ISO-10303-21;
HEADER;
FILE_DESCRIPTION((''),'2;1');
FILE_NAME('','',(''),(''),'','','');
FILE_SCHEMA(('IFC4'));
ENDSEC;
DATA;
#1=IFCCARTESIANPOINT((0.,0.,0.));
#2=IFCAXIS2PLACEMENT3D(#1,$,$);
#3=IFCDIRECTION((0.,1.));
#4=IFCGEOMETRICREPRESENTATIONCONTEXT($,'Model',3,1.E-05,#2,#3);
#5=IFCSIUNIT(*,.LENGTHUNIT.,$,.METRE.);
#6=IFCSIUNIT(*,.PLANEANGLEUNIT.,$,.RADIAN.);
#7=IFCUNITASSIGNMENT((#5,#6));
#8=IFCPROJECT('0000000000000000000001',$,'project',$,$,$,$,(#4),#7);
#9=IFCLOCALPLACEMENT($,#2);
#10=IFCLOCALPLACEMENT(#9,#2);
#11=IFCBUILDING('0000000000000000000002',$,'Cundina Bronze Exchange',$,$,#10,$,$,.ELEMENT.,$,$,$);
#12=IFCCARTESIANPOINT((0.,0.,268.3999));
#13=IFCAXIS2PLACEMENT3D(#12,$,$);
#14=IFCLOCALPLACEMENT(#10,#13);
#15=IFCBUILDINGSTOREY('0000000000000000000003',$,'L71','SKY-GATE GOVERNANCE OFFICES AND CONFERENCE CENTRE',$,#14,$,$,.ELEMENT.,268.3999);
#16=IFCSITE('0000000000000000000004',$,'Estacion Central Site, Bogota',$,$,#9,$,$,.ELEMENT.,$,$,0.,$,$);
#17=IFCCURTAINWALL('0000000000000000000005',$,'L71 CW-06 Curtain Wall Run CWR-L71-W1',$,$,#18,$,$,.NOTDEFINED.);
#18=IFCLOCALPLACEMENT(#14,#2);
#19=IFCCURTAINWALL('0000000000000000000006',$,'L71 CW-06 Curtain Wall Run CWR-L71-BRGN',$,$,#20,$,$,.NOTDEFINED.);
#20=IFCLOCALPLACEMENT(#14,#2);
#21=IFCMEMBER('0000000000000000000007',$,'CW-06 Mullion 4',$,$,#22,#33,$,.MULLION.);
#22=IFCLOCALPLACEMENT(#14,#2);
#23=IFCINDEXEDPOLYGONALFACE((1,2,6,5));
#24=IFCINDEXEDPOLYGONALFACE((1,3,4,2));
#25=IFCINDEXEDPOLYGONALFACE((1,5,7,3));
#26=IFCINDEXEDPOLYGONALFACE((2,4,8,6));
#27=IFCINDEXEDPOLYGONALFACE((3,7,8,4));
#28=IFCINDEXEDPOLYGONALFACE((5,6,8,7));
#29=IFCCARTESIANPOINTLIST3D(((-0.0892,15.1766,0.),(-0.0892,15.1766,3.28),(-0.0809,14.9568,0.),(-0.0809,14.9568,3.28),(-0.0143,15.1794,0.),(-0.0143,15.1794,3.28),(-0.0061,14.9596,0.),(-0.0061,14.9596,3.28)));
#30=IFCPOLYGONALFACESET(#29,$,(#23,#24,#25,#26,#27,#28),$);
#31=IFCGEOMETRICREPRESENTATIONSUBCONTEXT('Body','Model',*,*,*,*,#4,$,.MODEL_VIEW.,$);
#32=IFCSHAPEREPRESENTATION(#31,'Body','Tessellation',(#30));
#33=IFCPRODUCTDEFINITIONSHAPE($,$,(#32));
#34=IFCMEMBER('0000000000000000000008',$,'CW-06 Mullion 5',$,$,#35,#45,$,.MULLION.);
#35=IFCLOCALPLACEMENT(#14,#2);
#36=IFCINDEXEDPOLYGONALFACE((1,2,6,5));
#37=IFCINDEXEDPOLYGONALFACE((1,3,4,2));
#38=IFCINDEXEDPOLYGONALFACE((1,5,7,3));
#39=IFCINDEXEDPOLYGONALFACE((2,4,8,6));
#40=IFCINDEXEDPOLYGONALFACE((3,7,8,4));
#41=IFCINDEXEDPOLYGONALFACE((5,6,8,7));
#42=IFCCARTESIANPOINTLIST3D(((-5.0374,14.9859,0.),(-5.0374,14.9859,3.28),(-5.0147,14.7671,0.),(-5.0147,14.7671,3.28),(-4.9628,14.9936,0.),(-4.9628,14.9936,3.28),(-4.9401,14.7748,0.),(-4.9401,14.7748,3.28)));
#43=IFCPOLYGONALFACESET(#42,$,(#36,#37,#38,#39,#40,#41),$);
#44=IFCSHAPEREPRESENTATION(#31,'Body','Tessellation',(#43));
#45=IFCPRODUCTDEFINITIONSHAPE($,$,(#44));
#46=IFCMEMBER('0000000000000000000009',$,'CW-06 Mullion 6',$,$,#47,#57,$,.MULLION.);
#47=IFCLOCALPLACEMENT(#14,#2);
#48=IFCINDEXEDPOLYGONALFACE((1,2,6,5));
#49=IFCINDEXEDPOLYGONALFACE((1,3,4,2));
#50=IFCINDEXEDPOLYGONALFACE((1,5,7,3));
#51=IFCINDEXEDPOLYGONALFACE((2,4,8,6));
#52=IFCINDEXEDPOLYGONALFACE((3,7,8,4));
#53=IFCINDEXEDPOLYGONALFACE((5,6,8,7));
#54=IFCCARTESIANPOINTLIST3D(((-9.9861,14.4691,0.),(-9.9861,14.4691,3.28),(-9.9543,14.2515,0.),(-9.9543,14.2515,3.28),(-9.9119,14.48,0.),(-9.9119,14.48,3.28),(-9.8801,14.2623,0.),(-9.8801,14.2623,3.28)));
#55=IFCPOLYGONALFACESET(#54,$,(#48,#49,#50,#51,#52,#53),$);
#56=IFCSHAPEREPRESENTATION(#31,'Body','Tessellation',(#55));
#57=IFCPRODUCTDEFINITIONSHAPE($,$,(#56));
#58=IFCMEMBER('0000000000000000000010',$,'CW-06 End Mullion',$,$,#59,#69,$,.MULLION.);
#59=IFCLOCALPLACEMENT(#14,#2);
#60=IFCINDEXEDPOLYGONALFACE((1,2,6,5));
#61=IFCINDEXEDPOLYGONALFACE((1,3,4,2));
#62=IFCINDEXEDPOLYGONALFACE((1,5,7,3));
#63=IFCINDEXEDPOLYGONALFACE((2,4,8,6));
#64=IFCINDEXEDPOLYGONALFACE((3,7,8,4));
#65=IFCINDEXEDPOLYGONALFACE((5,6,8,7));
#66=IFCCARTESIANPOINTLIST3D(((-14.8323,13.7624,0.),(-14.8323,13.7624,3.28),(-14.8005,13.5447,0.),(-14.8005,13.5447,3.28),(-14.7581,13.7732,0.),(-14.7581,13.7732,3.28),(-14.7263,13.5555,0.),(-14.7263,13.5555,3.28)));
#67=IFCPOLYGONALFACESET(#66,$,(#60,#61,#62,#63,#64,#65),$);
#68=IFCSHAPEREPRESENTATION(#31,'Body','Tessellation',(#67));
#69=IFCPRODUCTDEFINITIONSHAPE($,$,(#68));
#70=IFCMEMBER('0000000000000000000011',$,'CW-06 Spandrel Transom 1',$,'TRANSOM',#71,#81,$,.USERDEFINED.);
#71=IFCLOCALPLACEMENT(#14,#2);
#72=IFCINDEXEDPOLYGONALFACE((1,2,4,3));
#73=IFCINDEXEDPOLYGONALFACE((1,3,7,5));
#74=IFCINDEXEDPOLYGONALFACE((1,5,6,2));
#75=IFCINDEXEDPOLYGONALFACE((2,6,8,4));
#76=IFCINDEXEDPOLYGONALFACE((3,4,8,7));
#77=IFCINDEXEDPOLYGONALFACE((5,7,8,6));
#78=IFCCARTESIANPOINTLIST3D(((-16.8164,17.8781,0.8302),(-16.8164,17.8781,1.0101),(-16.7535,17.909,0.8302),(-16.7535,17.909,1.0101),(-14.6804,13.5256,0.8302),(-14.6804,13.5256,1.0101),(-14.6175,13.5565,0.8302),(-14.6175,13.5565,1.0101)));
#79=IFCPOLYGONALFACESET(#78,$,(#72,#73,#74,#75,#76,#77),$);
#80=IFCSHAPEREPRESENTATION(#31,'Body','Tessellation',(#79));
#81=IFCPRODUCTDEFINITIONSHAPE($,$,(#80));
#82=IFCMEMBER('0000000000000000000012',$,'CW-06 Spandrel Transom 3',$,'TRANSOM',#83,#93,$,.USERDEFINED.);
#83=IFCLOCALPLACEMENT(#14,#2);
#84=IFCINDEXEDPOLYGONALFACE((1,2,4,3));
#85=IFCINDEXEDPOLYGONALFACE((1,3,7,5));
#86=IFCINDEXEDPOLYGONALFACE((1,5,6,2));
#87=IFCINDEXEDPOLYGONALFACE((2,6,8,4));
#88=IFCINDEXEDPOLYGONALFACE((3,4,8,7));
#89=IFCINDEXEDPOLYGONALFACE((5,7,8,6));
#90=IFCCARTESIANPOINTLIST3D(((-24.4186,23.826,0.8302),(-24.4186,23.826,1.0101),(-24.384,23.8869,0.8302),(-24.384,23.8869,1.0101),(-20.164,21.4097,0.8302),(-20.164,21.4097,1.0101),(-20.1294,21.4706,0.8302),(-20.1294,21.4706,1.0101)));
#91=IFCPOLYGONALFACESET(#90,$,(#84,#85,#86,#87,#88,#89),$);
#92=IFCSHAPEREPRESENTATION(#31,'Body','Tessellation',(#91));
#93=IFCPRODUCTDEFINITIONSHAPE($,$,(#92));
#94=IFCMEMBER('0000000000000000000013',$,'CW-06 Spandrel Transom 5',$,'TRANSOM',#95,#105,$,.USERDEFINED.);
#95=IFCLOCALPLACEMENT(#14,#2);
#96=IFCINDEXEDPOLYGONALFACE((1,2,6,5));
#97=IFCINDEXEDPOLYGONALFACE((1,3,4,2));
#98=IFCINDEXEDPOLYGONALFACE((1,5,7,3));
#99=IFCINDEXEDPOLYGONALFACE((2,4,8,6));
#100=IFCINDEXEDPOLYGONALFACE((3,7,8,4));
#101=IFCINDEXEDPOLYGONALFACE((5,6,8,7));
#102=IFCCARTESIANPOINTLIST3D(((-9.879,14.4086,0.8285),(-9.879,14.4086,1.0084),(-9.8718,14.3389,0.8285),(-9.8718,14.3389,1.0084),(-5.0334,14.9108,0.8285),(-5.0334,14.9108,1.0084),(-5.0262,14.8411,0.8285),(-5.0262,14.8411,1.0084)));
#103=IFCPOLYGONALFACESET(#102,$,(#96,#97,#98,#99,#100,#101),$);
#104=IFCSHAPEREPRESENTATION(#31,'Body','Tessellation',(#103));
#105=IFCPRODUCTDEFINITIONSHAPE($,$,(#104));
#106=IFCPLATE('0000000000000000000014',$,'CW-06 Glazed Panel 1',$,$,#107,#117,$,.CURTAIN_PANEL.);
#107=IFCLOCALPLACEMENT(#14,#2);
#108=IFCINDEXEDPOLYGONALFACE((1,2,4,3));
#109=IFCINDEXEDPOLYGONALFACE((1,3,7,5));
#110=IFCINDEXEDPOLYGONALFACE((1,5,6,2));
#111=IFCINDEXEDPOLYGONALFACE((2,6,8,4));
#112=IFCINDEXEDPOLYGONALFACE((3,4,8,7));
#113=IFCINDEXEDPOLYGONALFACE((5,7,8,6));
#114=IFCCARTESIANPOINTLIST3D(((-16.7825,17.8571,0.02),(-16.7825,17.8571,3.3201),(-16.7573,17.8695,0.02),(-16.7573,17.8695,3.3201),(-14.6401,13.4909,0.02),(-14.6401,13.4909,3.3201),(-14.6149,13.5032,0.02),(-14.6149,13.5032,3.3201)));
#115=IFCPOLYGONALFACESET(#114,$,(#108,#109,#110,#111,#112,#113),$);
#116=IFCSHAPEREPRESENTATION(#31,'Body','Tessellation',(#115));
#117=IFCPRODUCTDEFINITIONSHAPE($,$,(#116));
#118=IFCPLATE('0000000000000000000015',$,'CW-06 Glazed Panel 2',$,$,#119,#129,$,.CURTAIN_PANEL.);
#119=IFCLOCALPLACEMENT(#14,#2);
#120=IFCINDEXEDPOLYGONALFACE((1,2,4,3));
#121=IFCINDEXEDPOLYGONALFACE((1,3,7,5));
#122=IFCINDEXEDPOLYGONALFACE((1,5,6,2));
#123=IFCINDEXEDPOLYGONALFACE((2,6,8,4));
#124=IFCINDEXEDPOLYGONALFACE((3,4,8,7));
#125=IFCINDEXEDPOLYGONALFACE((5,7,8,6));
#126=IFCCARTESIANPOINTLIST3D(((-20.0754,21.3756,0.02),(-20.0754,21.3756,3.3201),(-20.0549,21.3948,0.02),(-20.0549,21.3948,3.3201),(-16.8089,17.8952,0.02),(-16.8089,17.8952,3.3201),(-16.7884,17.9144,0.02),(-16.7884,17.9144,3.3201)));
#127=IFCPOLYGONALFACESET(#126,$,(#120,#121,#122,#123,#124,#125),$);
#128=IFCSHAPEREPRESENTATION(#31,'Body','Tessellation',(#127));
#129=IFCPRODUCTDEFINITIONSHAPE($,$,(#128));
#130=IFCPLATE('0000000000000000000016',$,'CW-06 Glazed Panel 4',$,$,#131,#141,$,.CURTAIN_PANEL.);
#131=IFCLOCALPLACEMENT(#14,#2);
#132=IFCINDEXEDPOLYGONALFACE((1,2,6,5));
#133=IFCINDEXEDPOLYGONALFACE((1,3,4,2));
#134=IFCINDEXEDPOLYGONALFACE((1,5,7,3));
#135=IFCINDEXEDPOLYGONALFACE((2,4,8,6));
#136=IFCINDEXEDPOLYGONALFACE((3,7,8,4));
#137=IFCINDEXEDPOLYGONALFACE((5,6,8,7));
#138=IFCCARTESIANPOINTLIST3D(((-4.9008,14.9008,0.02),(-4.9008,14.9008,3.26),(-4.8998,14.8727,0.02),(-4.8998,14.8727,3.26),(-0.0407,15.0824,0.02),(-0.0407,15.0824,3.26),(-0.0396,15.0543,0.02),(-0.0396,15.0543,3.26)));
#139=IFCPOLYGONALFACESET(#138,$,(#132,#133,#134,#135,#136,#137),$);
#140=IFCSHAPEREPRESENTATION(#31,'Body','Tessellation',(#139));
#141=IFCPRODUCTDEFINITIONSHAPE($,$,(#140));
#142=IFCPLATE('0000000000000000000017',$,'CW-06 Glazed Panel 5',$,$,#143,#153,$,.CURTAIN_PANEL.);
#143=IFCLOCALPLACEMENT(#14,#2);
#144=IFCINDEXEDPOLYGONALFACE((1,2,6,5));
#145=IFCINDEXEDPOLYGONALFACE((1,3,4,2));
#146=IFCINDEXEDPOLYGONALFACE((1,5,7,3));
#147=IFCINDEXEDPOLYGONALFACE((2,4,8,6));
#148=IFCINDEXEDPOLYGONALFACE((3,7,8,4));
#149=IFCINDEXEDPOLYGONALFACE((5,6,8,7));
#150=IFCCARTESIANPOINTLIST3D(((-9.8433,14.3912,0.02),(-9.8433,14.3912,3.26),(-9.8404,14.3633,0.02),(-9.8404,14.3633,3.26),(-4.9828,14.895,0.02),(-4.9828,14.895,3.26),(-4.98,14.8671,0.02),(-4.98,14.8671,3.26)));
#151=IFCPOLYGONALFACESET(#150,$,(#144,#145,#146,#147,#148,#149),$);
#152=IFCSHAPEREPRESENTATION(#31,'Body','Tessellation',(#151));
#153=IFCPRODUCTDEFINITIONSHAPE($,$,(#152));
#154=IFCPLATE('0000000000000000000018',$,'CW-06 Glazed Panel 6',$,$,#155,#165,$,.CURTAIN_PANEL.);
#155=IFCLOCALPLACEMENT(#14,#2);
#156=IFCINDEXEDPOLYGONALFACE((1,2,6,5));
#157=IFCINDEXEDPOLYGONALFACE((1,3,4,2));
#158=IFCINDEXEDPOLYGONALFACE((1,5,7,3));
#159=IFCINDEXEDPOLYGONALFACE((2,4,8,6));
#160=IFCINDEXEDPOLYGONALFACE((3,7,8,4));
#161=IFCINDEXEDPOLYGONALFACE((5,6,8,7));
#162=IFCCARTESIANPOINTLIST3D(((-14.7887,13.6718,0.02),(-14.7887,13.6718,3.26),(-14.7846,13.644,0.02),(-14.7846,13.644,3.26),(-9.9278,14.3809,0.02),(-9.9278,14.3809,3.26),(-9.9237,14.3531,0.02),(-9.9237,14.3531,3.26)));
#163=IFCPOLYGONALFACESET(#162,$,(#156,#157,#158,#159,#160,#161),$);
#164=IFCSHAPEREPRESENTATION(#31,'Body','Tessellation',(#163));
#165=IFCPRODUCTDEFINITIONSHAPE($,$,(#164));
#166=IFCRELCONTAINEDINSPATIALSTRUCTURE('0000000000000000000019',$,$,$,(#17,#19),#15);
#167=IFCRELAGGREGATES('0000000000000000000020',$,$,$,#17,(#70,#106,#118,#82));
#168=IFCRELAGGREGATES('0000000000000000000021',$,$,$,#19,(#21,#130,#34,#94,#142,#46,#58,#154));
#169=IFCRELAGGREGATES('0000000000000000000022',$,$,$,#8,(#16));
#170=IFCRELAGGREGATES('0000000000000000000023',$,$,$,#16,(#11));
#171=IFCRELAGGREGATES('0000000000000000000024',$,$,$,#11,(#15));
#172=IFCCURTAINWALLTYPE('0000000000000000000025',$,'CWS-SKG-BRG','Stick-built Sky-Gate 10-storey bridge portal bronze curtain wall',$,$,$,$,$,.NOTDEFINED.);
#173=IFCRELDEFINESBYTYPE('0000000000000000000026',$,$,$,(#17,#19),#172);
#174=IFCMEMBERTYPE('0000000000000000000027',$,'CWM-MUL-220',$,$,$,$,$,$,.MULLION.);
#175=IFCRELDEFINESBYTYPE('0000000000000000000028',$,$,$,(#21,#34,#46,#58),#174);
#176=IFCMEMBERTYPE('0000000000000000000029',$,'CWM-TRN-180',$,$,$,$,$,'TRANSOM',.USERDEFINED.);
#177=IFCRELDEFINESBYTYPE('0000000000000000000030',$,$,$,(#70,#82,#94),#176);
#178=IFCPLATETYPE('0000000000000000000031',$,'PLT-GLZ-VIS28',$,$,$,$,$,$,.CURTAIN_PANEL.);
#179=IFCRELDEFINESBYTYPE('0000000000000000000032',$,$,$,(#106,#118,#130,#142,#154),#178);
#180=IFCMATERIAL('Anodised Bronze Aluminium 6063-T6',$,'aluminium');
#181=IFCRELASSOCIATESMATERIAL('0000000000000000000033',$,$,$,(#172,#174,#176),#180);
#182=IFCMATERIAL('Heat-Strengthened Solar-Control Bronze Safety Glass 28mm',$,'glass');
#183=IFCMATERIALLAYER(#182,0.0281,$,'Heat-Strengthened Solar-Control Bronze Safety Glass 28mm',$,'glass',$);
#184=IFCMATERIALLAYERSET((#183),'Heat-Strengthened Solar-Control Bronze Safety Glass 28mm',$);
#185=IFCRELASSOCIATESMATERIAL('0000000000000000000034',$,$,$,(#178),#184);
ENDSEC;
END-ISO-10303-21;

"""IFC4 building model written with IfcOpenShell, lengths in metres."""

from ifc_helpers import new_model, si_unit, direction, frame, origin, origin_2d, place, context, subcontext, project, spatial, rectangle, extrude, material, layer, layer_set, material_profile, profile_set, type_object, element, aggregate, save


model = new_model("IFC4")

# Units and contexts
model_context = context("Model", 3, precision=1e-05, world=origin(), true_north=direction((0.0, 1.0)))
body_context = subcontext(model_context, "Body", "Model", "MODEL_VIEW")
ifc_project = project(units=[si_unit("LENGTHUNIT", "METRE"), si_unit("PLANEANGLEUNIT", "RADIAN")], contexts=[model_context])

# Site, building, storey
site_placement = place(None, origin())
site = spatial("IfcSite", under=ifc_project, at=site_placement, Name="Estacion Central Site, Bogota", CompositionType="ELEMENT", RefElevation=0.0)
building_placement = place(site_placement, origin())
building = spatial("IfcBuilding", under=site, at=building_placement, Name="Cundina Bronze Exchange", CompositionType="ELEMENT")
storey_placement = place(building_placement, frame((0.0, 0.0, 268.3999)))
storey = spatial("IfcBuildingStorey", under=building, at=storey_placement, Name="L71", Description="SKY-GATE GOVERNANCE OFFICES AND CONFERENCE CENTRE", CompositionType="ELEMENT", Elevation=268.3999)

# Curtain walls, members
ifc_material_1 = material(Name="Anodised Bronze Aluminium 6063-T6", Category="aluminium")
curtain_wall_type = type_object("IfcCurtainWallType", Name="CWS-SKG-BRG", Description="Stick-built Sky-Gate 10-storey bridge portal bronze curtain wall", PredefinedType="NOTDEFINED", material=ifc_material_1)
curtain_wall_1_placement = place(storey_placement, origin())
curtain_wall_1 = element("IfcCurtainWall", 1, at=curtain_wall_1_placement, inside=storey, type_object=curtain_wall_type, Name="L71 CW-06 Curtain Wall Run CWR-L71-W1", PredefinedType="NOTDEFINED")
ifc_material_profile_1 = material_profile(ifc_material_1, rectangle(XDim=0.075, YDim=0.22, at=origin_2d()), Name="AL75X220", Category="aluminium")
ifc_profile_set_1 = profile_set([ifc_material_profile_1], Name="Anodised Bronze Aluminium 6063-T6")
member_type_1 = type_object("IfcMemberType", Name="CWM-MUL-220", PredefinedType="MULLION", material=ifc_profile_set_1)
curtain_wall_2_placement = place(storey_placement, origin())
curtain_wall_2 = element("IfcCurtainWall", 2, at=curtain_wall_2_placement, inside=storey, type_object=curtain_wall_type, Name="L71 CW-06 Curtain Wall Run CWR-L71-BRGN", PredefinedType="NOTDEFINED")
member_1_placement = place(storey_placement, frame((-0.0476, 15.0681, 0.0), z_axis=(0.0, 0.0, 1.0), x_axis=(-0.999303, -0.037341, 0.0)))
member_1 = element("IfcMember", 3, at=member_1_placement, type_object=member_type_1, Name="CW-06 Mullion 4", PredefinedType="MULLION", context=body_context, shape_type="SweptSolid", body=[
    extrude(rectangle(XDim=0.075, YDim=0.22, at=origin_2d()), origin(), (0.0, 0.0, 1.0), 3.28),
])
member_2_placement = place(storey_placement, frame((-4.9888, 14.8804, 0.0), z_axis=(0.0, 0.0, 1.0), x_axis=(-0.994667, -0.10314, 0.0)))
member_2 = element("IfcMember", 4, at=member_2_placement, type_object=member_type_1, Name="CW-06 Mullion 5", PredefinedType="MULLION", context=body_context, shape_type="SweptSolid", body=[
    extrude(rectangle(XDim=0.075, YDim=0.22, at=origin_2d()), origin(), (0.0, 0.0, 1.0), 3.28),
])
member_3_placement = place(storey_placement, frame((-9.9331, 14.3657, 0.0), z_axis=(0.0, 0.0, 1.0), x_axis=(-0.989526, -0.144356, 0.0)))
member_3 = element("IfcMember", 5, at=member_3_placement, type_object=member_type_1, Name="CW-06 Mullion 6", PredefinedType="MULLION", context=body_context, shape_type="SweptSolid", body=[
    extrude(rectangle(XDim=0.075, YDim=0.22, at=origin_2d()), origin(), (0.0, 0.0, 1.0), 3.28),
])
member_4_placement = place(storey_placement, frame((-14.7793, 13.6589, 0.0), z_axis=(0.0, 0.0, 1.0), x_axis=(-0.989526, -0.144356, 0.0)))
member_4 = element("IfcMember", 6, at=member_4_placement, type_object=member_type_1, Name="CW-06 End Mullion", PredefinedType="MULLION", context=body_context, shape_type="SweptSolid", body=[
    extrude(rectangle(XDim=0.075, YDim=0.22, at=origin_2d()), origin(), (0.0, 0.0, 1.0), 3.28),
])

# Members
ifc_material_profile_2 = material_profile(ifc_material_1, rectangle(XDim=0.0701, YDim=0.1799, at=origin_2d()), Name="AL70X180", Category="aluminium")
ifc_profile_set_2 = profile_set([ifc_material_profile_2], Name="Anodised Bronze Aluminium 6063-T6")
member_type_2 = type_object("IfcMemberType", Name="CWM-TRN-180", ElementType="TRANSOM", PredefinedType="USERDEFINED", material=ifc_profile_set_2)
member_5_placement = place(storey_placement, frame((-14.6489, 13.541, 0.9202), z_axis=(-0.440554, 0.897726, 0.0), x_axis=(-0.897726, -0.440554, 0.0)))
member_5 = element("IfcMember", 7, at=member_5_placement, type_object=member_type_2, Name="CW-06 Spandrel Transom 1", ObjectType="TRANSOM", PredefinedType="USERDEFINED", context=body_context, shape_type="SweptSolid", body=[
    extrude(rectangle(XDim=0.0701, YDim=0.1799, at=origin_2d()), origin(), (0.0, 0.0, 1.0), 4.8484),
])
member_6_placement = place(storey_placement, frame((-20.1467, 21.4402, 0.9202), z_axis=(-0.869557, 0.493832, 0.0), x_axis=(-0.493832, -0.869557, 0.0)))
member_6 = element("IfcMember", 8, at=member_6_placement, type_object=member_type_2, Name="CW-06 Spandrel Transom 3", ObjectType="TRANSOM", PredefinedType="USERDEFINED", context=body_context, shape_type="SweptSolid", body=[
    extrude(rectangle(XDim=0.0701, YDim=0.1799, at=origin_2d()), origin(), (0.0, 0.0, 1.0), 4.8928),
])
member_7_placement = place(storey_placement, frame((-5.0298, 14.876, 0.9185), z_axis=(-0.994672, -0.103086, 0.0), x_axis=(0.103086, -0.994672, 0.0)))
member_7 = element("IfcMember", 9, at=member_7_placement, type_object=member_type_2, Name="CW-06 Spandrel Transom 5", ObjectType="TRANSOM", PredefinedType="USERDEFINED", context=body_context, shape_type="SweptSolid", body=[
    extrude(rectangle(XDim=0.0701, YDim=0.1799, at=origin_2d()), origin(), (0.0, 0.0, 1.0), 4.8716),
])

# Plates
ifc_material_2 = material(Name="Heat-Strengthened Solar-Control Bronze Safety Glass 28mm", Category="glass")
ifc_layer_1 = layer(ifc_material_2, 0.0281, Name="Heat-Strengthened Solar-Control Bronze Safety Glass 28mm", Category="glass")
ifc_layer_set_1 = layer_set([ifc_layer_1], Name="Heat-Strengthened Solar-Control Bronze Safety Glass 28mm")
plate_type = type_object("IfcPlateType", Name="PLT-GLZ-VIS28", PredefinedType="CURTAIN_PANEL", material=ifc_layer_set_1)
plate_1_placement = place(storey_placement, frame((-15.6987, 15.6802, 0.02), z_axis=(0.0, 0.0, 1.0), x_axis=(-0.440503, 0.897751, 0.0)))
plate_1 = element("IfcPlate", 10, at=plate_1_placement, type_object=plate_type, Name="CW-06 Glazed Panel 1", PredefinedType="CURTAIN_PANEL", context=body_context, shape_type="SweptSolid", body=[
    extrude(rectangle(XDim=4.8635, YDim=0.0281, at=origin_2d()), origin(), (0.0, 0.0, 1.0), 3.3),
])
plate_2_placement = place(storey_placement, frame((-18.4319, 19.645, 0.02), z_axis=(0.0, 0.0, 1.0), x_axis=(-0.684344, 0.72916, 0.0)))
plate_2 = element("IfcPlate", 11, at=plate_2_placement, type_object=plate_type, Name="CW-06 Glazed Panel 2", PredefinedType="CURTAIN_PANEL", context=body_context, shape_type="SweptSolid", body=[
    extrude(rectangle(XDim=4.7732, YDim=0.0281, at=origin_2d()), origin(), (0.0, 0.0, 1.0), 3.3),
])
aggregate(curtain_wall_1, [member_5, plate_1, plate_2, member_6])
plate_3_placement = place(storey_placement, frame((-2.4702, 14.9775, 0.02), z_axis=(0.0, 0.0, 1.0), x_axis=(-0.999303, -0.037341, 0.0)))
plate_3 = element("IfcPlate", 12, at=plate_3_placement, type_object=plate_type, Name="CW-06 Glazed Panel 4", PredefinedType="CURTAIN_PANEL", context=body_context, shape_type="SweptSolid", body=[
    extrude(rectangle(XDim=4.8635, YDim=0.0281, at=origin_2d()), origin(), (0.0, 0.0, 1.0), 3.24),
])
plate_4_placement = place(storey_placement, frame((-7.4116, 14.6292, 0.02), z_axis=(0.0, 0.0, 1.0), x_axis=(-0.994672, -0.103088, 0.0)))
plate_4 = element("IfcPlate", 13, at=plate_4_placement, type_object=plate_type, Name="CW-06 Glazed Panel 5", PredefinedType="CURTAIN_PANEL", context=body_context, shape_type="SweptSolid", body=[
    extrude(rectangle(XDim=4.8865, YDim=0.0281, at=origin_2d()), origin(), (0.0, 0.0, 1.0), 3.24),
])
plate_5_placement = place(storey_placement, frame((-12.3562, 14.0125, 0.02), z_axis=(0.0, 0.0, 1.0), x_axis=(-0.989528, -0.144339, 0.0)))
plate_5 = element("IfcPlate", 14, at=plate_5_placement, type_object=plate_type, Name="CW-06 Glazed Panel 6", PredefinedType="CURTAIN_PANEL", context=body_context, shape_type="SweptSolid", body=[
    extrude(rectangle(XDim=4.9124, YDim=0.0281, at=origin_2d()), origin(), (0.0, 0.0, 1.0), 3.24),
])
aggregate(curtain_wall_2, [member_1, plate_3, member_2, member_7, plate_4, member_3, member_4, plate_5])

save(model, "model.ifc")
